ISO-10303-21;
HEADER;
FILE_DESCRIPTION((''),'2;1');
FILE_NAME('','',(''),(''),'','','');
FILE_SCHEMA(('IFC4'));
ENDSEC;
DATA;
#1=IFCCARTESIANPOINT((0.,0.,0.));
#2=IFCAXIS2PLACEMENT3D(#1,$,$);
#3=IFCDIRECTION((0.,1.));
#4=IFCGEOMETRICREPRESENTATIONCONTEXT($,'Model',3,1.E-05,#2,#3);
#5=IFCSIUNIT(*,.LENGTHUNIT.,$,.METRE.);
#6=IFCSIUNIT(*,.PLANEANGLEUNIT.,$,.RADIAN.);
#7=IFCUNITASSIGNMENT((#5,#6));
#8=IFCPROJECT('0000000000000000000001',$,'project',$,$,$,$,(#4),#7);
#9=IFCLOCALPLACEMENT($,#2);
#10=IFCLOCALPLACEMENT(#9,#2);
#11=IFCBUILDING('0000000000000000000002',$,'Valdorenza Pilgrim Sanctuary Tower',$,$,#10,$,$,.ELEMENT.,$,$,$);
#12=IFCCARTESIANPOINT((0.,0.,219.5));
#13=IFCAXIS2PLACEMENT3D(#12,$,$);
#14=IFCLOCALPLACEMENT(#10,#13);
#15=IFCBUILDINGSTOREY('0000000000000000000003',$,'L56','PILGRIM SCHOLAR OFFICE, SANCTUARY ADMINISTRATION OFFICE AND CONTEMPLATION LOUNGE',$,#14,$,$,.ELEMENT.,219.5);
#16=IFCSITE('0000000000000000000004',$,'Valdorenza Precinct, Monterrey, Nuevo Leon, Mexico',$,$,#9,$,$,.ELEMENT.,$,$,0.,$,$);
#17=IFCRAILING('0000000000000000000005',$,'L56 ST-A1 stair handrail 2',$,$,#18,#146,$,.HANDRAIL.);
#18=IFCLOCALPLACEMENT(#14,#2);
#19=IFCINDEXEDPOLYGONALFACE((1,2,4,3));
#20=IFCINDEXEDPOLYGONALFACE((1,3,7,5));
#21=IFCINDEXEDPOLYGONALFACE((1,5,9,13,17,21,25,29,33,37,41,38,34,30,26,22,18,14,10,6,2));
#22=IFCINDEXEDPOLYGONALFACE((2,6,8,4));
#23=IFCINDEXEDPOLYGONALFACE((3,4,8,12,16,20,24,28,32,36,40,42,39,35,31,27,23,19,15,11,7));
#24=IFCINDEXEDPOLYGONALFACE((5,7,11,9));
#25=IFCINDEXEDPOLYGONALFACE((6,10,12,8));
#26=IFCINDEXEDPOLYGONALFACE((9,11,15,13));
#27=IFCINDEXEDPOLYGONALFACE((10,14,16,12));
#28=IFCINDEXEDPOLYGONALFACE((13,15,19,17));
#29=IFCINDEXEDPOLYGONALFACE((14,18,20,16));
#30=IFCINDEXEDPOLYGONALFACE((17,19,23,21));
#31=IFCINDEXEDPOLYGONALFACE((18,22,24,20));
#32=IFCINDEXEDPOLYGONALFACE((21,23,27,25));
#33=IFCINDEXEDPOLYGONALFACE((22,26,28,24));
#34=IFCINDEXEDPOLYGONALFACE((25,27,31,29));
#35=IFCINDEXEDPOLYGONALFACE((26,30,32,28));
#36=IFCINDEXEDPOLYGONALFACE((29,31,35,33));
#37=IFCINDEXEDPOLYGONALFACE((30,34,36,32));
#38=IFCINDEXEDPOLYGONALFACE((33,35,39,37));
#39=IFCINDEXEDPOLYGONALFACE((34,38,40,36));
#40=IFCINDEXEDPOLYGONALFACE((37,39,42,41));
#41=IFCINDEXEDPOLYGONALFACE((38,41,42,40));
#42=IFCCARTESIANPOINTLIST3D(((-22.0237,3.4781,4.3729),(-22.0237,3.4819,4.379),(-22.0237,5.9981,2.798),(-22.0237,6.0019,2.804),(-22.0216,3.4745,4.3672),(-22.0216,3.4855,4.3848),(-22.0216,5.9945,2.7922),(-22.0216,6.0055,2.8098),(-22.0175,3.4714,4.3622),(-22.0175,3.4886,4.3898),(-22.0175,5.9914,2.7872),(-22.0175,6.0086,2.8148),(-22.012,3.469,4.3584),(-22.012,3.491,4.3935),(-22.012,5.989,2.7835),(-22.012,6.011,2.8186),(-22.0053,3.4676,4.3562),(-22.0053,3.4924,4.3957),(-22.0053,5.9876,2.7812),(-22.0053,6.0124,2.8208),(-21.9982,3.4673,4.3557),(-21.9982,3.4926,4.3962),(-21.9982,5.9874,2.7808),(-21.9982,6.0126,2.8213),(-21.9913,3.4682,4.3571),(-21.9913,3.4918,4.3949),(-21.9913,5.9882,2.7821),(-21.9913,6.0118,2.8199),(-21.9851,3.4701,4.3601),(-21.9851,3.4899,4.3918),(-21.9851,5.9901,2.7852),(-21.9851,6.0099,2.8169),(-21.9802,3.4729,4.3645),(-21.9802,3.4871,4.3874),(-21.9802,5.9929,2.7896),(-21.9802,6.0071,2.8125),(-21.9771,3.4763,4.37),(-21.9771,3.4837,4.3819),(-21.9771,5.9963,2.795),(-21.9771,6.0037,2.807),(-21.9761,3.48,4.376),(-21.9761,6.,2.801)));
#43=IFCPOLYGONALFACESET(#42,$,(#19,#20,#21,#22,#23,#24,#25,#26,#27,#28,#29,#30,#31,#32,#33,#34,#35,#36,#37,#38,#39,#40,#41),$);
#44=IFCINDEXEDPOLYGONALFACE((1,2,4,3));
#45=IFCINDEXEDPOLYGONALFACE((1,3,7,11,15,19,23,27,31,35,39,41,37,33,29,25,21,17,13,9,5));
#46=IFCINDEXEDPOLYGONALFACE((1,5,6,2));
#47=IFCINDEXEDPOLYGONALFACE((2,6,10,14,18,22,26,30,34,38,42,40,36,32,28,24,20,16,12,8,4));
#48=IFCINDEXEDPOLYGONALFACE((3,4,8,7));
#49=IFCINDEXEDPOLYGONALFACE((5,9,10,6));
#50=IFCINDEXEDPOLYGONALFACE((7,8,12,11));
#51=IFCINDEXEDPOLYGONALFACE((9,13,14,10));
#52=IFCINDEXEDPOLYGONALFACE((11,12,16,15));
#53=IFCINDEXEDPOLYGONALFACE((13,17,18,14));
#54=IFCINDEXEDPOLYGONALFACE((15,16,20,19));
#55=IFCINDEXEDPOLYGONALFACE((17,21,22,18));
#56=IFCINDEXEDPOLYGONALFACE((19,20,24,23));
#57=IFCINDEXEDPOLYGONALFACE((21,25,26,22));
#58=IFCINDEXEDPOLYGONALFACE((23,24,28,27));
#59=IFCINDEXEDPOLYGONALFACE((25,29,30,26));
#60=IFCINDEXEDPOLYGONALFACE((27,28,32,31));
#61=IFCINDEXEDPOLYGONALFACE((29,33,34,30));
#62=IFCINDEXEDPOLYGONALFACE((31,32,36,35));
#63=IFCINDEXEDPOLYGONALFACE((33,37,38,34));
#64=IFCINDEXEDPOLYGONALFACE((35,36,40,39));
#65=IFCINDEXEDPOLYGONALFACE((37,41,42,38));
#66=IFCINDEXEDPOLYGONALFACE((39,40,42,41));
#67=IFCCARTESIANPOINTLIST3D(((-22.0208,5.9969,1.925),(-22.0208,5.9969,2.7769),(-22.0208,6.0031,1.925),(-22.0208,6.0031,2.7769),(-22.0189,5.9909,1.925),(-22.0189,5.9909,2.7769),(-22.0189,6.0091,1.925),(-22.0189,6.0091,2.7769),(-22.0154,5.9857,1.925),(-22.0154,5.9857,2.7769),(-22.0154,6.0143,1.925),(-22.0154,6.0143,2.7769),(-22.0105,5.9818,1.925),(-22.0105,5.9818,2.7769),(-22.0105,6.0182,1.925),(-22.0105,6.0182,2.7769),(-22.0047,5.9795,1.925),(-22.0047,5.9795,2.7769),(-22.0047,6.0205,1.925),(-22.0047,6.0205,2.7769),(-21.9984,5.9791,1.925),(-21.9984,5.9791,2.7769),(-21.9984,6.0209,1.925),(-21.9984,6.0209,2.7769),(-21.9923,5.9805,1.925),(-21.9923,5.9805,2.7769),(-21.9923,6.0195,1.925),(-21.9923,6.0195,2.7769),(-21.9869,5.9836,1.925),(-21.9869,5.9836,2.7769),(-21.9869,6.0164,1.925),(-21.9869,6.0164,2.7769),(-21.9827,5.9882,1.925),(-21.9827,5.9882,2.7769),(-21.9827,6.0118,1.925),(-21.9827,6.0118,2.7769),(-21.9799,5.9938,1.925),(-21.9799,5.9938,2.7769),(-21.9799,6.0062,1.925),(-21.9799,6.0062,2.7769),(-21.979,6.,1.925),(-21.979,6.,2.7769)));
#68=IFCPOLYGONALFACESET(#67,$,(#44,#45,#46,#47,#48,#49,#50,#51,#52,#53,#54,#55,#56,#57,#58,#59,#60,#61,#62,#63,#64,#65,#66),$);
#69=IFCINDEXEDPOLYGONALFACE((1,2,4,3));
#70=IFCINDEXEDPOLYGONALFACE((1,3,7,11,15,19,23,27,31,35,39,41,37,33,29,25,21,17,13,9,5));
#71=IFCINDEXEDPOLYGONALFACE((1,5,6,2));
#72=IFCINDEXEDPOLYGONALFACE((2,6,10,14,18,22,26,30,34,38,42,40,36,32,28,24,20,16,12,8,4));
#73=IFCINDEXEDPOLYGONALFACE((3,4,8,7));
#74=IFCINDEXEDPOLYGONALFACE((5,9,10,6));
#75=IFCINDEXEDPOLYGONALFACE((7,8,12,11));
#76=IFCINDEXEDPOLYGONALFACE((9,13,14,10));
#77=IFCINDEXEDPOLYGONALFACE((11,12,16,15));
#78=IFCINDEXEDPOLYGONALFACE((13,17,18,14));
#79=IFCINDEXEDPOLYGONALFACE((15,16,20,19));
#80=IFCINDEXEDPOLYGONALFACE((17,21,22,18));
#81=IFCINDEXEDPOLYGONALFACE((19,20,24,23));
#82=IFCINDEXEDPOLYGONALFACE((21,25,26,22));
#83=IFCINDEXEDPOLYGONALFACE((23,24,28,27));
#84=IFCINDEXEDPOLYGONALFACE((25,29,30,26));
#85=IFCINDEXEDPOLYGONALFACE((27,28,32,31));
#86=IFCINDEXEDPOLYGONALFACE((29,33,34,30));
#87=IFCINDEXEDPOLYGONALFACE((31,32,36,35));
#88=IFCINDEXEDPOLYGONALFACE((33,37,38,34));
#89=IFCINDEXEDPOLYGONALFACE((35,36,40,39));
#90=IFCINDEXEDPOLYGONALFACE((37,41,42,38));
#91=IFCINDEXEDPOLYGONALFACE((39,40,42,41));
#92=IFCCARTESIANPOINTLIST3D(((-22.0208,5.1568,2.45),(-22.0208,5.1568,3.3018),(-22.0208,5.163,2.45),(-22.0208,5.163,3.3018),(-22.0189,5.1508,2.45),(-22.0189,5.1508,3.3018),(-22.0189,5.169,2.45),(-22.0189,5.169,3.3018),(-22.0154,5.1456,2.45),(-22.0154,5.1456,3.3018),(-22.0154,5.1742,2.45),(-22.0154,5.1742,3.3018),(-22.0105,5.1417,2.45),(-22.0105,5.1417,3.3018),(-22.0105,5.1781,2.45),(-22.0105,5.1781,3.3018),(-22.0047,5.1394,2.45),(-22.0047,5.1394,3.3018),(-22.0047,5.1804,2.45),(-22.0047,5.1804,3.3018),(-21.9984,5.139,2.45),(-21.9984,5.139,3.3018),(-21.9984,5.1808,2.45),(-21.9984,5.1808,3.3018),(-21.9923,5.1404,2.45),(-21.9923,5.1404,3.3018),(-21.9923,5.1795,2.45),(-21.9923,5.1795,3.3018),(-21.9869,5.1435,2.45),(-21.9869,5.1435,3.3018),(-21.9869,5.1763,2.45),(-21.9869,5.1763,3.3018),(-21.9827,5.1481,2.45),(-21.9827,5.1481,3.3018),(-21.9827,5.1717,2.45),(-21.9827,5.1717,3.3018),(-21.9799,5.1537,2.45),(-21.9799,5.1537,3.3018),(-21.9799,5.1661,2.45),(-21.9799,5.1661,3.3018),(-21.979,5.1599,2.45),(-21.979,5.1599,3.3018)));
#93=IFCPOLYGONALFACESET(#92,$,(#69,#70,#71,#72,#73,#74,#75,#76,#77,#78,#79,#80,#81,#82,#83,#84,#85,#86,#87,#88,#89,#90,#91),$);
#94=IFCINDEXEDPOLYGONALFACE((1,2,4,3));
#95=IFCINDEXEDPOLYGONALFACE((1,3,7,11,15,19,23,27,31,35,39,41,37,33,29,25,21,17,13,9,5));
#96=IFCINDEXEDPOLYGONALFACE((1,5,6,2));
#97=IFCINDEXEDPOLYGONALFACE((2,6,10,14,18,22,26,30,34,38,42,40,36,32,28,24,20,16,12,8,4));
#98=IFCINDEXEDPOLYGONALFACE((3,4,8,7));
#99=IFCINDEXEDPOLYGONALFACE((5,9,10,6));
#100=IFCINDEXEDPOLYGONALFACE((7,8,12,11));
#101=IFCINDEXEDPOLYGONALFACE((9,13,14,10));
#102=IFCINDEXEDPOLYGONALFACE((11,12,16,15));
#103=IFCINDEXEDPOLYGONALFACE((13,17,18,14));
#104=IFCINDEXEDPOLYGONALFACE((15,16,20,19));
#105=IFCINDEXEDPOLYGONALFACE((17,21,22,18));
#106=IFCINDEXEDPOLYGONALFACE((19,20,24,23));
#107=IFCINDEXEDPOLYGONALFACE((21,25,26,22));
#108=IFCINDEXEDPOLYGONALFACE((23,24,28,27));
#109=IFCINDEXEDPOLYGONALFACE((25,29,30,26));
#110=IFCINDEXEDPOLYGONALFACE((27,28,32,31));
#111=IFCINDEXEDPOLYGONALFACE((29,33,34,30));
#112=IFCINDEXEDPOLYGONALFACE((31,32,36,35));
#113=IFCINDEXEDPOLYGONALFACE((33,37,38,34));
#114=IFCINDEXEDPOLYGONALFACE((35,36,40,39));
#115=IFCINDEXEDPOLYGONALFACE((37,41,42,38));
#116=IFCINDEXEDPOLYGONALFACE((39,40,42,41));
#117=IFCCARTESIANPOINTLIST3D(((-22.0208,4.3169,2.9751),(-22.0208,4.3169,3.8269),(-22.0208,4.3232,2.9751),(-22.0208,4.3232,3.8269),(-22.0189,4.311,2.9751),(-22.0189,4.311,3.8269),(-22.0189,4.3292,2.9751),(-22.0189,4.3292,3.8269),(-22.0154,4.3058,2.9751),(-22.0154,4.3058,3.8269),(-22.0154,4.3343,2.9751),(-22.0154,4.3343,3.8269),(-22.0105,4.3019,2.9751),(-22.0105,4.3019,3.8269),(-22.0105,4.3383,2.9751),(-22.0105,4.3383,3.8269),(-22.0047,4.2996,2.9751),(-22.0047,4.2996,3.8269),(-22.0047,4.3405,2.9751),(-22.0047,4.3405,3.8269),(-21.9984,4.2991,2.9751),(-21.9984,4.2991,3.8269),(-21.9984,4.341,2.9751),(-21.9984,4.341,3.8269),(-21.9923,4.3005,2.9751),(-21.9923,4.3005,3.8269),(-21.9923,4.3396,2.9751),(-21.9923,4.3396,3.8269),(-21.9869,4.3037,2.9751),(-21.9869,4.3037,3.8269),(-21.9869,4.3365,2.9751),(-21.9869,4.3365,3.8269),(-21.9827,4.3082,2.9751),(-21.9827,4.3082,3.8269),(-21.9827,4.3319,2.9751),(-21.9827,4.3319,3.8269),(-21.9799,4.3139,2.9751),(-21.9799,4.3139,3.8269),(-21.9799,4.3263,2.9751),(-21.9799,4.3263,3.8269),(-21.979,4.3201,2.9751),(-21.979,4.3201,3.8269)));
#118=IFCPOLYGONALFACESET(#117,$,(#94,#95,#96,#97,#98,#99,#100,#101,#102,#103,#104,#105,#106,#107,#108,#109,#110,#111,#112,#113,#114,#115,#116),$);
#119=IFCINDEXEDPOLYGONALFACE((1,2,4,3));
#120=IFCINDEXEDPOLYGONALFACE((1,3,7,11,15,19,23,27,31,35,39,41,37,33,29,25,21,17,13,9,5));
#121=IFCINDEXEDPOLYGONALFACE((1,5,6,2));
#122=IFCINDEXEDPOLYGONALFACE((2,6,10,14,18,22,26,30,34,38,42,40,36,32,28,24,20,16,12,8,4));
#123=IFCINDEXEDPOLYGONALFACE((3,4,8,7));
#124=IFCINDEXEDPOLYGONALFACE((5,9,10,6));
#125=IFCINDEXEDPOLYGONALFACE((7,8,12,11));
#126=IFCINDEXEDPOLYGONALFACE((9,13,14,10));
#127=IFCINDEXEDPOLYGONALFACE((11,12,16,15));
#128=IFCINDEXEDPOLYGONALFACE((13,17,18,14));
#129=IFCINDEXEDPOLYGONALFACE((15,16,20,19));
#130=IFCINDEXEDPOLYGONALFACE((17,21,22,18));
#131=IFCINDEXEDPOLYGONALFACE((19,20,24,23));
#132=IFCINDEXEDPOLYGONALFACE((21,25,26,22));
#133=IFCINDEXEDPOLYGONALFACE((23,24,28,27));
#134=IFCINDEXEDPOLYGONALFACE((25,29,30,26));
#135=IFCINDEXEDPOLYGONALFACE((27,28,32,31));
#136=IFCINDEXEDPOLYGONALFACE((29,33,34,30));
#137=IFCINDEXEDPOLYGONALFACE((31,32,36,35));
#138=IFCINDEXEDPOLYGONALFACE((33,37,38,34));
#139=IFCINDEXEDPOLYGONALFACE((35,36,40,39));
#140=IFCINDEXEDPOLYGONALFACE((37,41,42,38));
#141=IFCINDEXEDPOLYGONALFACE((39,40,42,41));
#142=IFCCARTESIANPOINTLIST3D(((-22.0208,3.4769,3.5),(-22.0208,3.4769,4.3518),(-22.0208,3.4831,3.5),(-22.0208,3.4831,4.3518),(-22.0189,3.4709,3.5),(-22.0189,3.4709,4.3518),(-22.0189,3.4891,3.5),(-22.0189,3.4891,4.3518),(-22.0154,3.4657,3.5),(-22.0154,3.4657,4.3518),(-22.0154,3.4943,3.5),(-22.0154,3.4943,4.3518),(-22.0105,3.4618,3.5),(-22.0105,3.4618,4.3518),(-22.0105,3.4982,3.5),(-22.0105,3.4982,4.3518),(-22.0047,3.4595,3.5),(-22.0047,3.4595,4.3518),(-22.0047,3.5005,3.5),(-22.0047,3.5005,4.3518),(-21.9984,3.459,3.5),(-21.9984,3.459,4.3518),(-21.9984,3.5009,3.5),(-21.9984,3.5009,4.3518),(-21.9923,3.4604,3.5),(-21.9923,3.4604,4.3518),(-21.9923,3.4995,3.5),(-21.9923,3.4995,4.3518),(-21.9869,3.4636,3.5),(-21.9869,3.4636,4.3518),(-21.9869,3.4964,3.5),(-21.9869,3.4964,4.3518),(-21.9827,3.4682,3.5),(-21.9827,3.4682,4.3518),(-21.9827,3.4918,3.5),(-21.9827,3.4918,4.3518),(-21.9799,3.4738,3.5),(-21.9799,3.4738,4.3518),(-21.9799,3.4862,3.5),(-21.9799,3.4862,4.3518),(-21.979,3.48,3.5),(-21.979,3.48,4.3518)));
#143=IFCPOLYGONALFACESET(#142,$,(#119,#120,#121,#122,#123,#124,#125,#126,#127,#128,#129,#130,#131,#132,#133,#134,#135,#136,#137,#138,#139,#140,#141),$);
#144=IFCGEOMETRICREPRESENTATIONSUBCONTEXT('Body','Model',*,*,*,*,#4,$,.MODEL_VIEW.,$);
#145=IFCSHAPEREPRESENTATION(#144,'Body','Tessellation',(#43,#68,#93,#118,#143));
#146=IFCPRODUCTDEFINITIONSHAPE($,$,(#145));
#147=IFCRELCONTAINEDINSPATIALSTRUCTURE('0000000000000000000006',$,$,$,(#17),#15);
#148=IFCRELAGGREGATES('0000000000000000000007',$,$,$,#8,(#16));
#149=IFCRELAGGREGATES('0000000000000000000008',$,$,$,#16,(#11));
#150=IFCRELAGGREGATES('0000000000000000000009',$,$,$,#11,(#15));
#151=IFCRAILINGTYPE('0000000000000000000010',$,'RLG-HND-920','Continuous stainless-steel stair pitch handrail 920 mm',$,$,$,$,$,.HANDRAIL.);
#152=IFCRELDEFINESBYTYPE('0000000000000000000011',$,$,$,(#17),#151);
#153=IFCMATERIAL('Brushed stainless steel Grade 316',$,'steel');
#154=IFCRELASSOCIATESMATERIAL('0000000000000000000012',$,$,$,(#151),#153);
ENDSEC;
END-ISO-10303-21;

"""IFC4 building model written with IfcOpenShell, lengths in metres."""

from ifc_helpers import new_model, si_unit, direction, frame, origin, origin_2d, place, context, subcontext, project, spatial, circle, extrude, material, type_object, element, save


model = new_model("IFC4")

# Units and contexts
model_context = context("Model", 3, precision=1e-05, world=origin(), true_north=direction((0.0, 1.0)))
body_context = subcontext(model_context, "Body", "Model", "MODEL_VIEW")
ifc_project = project(units=[si_unit("LENGTHUNIT", "METRE"), si_unit("PLANEANGLEUNIT", "RADIAN")], contexts=[model_context])

# Site, building, storey
site_placement = place(None, origin())
site = spatial("IfcSite", under=ifc_project, at=site_placement, Name="Valdorenza Precinct, Monterrey, Nuevo Leon, Mexico", CompositionType="ELEMENT", RefElevation=0.0)
building_placement = place(site_placement, origin())
building = spatial("IfcBuilding", under=site, at=building_placement, Name="Valdorenza Pilgrim Sanctuary Tower", CompositionType="ELEMENT")
storey_placement = place(building_placement, frame((0.0, 0.0, 219.5)))
storey = spatial("IfcBuildingStorey", under=building, at=storey_placement, Name="L56", Description="PILGRIM SCHOLAR OFFICE, SANCTUARY ADMINISTRATION OFFICE AND CONTEMPLATION LOUNGE", CompositionType="ELEMENT", Elevation=219.5)

# Railing
ifc_material_1 = material(Name="Brushed stainless steel Grade 316", Category="steel")
railing_type = type_object("IfcRailingType", Name="RLG-HND-920", Description="Continuous stainless-steel stair pitch handrail 920 mm", PredefinedType="HANDRAIL", material=ifc_material_1)
railing_placement = place(storey_placement, frame((-22.0, 6.0, 1.925)))
element("IfcRailing", 1, at=railing_placement, inside=storey, type_object=railing_type, Name="L56 ST-A1 stair handrail 2", PredefinedType="HANDRAIL", context=body_context, shape_type="SweptSolid", body=[
    extrude(circle(Radius=0.0239, at=origin_2d()), frame((0.0, 0.0, 0.876), z_axis=(0.0, -0.848008, 0.529984), x_axis=(1.0, 0.0, 0.0)), (0.0, 0.0, 1.0), 2.9717),
    extrude(circle(Radius=0.021, at=origin_2d()), origin(), (0.0, 0.0, 1.0), 0.8518),
    extrude(circle(Radius=0.021, at=origin_2d()), frame((0.0, -0.8401, 0.5249)), (0.0, 0.0, 1.0), 0.8518),
    extrude(circle(Radius=0.021, at=origin_2d()), frame((0.0, -1.6799, 1.05)), (0.0, 0.0, 1.0), 0.8518),
    extrude(circle(Radius=0.021, at=origin_2d()), frame((0.0, -2.52, 1.575)), (0.0, 0.0, 1.0), 0.8518),
])

save(model, "model.ifc")
